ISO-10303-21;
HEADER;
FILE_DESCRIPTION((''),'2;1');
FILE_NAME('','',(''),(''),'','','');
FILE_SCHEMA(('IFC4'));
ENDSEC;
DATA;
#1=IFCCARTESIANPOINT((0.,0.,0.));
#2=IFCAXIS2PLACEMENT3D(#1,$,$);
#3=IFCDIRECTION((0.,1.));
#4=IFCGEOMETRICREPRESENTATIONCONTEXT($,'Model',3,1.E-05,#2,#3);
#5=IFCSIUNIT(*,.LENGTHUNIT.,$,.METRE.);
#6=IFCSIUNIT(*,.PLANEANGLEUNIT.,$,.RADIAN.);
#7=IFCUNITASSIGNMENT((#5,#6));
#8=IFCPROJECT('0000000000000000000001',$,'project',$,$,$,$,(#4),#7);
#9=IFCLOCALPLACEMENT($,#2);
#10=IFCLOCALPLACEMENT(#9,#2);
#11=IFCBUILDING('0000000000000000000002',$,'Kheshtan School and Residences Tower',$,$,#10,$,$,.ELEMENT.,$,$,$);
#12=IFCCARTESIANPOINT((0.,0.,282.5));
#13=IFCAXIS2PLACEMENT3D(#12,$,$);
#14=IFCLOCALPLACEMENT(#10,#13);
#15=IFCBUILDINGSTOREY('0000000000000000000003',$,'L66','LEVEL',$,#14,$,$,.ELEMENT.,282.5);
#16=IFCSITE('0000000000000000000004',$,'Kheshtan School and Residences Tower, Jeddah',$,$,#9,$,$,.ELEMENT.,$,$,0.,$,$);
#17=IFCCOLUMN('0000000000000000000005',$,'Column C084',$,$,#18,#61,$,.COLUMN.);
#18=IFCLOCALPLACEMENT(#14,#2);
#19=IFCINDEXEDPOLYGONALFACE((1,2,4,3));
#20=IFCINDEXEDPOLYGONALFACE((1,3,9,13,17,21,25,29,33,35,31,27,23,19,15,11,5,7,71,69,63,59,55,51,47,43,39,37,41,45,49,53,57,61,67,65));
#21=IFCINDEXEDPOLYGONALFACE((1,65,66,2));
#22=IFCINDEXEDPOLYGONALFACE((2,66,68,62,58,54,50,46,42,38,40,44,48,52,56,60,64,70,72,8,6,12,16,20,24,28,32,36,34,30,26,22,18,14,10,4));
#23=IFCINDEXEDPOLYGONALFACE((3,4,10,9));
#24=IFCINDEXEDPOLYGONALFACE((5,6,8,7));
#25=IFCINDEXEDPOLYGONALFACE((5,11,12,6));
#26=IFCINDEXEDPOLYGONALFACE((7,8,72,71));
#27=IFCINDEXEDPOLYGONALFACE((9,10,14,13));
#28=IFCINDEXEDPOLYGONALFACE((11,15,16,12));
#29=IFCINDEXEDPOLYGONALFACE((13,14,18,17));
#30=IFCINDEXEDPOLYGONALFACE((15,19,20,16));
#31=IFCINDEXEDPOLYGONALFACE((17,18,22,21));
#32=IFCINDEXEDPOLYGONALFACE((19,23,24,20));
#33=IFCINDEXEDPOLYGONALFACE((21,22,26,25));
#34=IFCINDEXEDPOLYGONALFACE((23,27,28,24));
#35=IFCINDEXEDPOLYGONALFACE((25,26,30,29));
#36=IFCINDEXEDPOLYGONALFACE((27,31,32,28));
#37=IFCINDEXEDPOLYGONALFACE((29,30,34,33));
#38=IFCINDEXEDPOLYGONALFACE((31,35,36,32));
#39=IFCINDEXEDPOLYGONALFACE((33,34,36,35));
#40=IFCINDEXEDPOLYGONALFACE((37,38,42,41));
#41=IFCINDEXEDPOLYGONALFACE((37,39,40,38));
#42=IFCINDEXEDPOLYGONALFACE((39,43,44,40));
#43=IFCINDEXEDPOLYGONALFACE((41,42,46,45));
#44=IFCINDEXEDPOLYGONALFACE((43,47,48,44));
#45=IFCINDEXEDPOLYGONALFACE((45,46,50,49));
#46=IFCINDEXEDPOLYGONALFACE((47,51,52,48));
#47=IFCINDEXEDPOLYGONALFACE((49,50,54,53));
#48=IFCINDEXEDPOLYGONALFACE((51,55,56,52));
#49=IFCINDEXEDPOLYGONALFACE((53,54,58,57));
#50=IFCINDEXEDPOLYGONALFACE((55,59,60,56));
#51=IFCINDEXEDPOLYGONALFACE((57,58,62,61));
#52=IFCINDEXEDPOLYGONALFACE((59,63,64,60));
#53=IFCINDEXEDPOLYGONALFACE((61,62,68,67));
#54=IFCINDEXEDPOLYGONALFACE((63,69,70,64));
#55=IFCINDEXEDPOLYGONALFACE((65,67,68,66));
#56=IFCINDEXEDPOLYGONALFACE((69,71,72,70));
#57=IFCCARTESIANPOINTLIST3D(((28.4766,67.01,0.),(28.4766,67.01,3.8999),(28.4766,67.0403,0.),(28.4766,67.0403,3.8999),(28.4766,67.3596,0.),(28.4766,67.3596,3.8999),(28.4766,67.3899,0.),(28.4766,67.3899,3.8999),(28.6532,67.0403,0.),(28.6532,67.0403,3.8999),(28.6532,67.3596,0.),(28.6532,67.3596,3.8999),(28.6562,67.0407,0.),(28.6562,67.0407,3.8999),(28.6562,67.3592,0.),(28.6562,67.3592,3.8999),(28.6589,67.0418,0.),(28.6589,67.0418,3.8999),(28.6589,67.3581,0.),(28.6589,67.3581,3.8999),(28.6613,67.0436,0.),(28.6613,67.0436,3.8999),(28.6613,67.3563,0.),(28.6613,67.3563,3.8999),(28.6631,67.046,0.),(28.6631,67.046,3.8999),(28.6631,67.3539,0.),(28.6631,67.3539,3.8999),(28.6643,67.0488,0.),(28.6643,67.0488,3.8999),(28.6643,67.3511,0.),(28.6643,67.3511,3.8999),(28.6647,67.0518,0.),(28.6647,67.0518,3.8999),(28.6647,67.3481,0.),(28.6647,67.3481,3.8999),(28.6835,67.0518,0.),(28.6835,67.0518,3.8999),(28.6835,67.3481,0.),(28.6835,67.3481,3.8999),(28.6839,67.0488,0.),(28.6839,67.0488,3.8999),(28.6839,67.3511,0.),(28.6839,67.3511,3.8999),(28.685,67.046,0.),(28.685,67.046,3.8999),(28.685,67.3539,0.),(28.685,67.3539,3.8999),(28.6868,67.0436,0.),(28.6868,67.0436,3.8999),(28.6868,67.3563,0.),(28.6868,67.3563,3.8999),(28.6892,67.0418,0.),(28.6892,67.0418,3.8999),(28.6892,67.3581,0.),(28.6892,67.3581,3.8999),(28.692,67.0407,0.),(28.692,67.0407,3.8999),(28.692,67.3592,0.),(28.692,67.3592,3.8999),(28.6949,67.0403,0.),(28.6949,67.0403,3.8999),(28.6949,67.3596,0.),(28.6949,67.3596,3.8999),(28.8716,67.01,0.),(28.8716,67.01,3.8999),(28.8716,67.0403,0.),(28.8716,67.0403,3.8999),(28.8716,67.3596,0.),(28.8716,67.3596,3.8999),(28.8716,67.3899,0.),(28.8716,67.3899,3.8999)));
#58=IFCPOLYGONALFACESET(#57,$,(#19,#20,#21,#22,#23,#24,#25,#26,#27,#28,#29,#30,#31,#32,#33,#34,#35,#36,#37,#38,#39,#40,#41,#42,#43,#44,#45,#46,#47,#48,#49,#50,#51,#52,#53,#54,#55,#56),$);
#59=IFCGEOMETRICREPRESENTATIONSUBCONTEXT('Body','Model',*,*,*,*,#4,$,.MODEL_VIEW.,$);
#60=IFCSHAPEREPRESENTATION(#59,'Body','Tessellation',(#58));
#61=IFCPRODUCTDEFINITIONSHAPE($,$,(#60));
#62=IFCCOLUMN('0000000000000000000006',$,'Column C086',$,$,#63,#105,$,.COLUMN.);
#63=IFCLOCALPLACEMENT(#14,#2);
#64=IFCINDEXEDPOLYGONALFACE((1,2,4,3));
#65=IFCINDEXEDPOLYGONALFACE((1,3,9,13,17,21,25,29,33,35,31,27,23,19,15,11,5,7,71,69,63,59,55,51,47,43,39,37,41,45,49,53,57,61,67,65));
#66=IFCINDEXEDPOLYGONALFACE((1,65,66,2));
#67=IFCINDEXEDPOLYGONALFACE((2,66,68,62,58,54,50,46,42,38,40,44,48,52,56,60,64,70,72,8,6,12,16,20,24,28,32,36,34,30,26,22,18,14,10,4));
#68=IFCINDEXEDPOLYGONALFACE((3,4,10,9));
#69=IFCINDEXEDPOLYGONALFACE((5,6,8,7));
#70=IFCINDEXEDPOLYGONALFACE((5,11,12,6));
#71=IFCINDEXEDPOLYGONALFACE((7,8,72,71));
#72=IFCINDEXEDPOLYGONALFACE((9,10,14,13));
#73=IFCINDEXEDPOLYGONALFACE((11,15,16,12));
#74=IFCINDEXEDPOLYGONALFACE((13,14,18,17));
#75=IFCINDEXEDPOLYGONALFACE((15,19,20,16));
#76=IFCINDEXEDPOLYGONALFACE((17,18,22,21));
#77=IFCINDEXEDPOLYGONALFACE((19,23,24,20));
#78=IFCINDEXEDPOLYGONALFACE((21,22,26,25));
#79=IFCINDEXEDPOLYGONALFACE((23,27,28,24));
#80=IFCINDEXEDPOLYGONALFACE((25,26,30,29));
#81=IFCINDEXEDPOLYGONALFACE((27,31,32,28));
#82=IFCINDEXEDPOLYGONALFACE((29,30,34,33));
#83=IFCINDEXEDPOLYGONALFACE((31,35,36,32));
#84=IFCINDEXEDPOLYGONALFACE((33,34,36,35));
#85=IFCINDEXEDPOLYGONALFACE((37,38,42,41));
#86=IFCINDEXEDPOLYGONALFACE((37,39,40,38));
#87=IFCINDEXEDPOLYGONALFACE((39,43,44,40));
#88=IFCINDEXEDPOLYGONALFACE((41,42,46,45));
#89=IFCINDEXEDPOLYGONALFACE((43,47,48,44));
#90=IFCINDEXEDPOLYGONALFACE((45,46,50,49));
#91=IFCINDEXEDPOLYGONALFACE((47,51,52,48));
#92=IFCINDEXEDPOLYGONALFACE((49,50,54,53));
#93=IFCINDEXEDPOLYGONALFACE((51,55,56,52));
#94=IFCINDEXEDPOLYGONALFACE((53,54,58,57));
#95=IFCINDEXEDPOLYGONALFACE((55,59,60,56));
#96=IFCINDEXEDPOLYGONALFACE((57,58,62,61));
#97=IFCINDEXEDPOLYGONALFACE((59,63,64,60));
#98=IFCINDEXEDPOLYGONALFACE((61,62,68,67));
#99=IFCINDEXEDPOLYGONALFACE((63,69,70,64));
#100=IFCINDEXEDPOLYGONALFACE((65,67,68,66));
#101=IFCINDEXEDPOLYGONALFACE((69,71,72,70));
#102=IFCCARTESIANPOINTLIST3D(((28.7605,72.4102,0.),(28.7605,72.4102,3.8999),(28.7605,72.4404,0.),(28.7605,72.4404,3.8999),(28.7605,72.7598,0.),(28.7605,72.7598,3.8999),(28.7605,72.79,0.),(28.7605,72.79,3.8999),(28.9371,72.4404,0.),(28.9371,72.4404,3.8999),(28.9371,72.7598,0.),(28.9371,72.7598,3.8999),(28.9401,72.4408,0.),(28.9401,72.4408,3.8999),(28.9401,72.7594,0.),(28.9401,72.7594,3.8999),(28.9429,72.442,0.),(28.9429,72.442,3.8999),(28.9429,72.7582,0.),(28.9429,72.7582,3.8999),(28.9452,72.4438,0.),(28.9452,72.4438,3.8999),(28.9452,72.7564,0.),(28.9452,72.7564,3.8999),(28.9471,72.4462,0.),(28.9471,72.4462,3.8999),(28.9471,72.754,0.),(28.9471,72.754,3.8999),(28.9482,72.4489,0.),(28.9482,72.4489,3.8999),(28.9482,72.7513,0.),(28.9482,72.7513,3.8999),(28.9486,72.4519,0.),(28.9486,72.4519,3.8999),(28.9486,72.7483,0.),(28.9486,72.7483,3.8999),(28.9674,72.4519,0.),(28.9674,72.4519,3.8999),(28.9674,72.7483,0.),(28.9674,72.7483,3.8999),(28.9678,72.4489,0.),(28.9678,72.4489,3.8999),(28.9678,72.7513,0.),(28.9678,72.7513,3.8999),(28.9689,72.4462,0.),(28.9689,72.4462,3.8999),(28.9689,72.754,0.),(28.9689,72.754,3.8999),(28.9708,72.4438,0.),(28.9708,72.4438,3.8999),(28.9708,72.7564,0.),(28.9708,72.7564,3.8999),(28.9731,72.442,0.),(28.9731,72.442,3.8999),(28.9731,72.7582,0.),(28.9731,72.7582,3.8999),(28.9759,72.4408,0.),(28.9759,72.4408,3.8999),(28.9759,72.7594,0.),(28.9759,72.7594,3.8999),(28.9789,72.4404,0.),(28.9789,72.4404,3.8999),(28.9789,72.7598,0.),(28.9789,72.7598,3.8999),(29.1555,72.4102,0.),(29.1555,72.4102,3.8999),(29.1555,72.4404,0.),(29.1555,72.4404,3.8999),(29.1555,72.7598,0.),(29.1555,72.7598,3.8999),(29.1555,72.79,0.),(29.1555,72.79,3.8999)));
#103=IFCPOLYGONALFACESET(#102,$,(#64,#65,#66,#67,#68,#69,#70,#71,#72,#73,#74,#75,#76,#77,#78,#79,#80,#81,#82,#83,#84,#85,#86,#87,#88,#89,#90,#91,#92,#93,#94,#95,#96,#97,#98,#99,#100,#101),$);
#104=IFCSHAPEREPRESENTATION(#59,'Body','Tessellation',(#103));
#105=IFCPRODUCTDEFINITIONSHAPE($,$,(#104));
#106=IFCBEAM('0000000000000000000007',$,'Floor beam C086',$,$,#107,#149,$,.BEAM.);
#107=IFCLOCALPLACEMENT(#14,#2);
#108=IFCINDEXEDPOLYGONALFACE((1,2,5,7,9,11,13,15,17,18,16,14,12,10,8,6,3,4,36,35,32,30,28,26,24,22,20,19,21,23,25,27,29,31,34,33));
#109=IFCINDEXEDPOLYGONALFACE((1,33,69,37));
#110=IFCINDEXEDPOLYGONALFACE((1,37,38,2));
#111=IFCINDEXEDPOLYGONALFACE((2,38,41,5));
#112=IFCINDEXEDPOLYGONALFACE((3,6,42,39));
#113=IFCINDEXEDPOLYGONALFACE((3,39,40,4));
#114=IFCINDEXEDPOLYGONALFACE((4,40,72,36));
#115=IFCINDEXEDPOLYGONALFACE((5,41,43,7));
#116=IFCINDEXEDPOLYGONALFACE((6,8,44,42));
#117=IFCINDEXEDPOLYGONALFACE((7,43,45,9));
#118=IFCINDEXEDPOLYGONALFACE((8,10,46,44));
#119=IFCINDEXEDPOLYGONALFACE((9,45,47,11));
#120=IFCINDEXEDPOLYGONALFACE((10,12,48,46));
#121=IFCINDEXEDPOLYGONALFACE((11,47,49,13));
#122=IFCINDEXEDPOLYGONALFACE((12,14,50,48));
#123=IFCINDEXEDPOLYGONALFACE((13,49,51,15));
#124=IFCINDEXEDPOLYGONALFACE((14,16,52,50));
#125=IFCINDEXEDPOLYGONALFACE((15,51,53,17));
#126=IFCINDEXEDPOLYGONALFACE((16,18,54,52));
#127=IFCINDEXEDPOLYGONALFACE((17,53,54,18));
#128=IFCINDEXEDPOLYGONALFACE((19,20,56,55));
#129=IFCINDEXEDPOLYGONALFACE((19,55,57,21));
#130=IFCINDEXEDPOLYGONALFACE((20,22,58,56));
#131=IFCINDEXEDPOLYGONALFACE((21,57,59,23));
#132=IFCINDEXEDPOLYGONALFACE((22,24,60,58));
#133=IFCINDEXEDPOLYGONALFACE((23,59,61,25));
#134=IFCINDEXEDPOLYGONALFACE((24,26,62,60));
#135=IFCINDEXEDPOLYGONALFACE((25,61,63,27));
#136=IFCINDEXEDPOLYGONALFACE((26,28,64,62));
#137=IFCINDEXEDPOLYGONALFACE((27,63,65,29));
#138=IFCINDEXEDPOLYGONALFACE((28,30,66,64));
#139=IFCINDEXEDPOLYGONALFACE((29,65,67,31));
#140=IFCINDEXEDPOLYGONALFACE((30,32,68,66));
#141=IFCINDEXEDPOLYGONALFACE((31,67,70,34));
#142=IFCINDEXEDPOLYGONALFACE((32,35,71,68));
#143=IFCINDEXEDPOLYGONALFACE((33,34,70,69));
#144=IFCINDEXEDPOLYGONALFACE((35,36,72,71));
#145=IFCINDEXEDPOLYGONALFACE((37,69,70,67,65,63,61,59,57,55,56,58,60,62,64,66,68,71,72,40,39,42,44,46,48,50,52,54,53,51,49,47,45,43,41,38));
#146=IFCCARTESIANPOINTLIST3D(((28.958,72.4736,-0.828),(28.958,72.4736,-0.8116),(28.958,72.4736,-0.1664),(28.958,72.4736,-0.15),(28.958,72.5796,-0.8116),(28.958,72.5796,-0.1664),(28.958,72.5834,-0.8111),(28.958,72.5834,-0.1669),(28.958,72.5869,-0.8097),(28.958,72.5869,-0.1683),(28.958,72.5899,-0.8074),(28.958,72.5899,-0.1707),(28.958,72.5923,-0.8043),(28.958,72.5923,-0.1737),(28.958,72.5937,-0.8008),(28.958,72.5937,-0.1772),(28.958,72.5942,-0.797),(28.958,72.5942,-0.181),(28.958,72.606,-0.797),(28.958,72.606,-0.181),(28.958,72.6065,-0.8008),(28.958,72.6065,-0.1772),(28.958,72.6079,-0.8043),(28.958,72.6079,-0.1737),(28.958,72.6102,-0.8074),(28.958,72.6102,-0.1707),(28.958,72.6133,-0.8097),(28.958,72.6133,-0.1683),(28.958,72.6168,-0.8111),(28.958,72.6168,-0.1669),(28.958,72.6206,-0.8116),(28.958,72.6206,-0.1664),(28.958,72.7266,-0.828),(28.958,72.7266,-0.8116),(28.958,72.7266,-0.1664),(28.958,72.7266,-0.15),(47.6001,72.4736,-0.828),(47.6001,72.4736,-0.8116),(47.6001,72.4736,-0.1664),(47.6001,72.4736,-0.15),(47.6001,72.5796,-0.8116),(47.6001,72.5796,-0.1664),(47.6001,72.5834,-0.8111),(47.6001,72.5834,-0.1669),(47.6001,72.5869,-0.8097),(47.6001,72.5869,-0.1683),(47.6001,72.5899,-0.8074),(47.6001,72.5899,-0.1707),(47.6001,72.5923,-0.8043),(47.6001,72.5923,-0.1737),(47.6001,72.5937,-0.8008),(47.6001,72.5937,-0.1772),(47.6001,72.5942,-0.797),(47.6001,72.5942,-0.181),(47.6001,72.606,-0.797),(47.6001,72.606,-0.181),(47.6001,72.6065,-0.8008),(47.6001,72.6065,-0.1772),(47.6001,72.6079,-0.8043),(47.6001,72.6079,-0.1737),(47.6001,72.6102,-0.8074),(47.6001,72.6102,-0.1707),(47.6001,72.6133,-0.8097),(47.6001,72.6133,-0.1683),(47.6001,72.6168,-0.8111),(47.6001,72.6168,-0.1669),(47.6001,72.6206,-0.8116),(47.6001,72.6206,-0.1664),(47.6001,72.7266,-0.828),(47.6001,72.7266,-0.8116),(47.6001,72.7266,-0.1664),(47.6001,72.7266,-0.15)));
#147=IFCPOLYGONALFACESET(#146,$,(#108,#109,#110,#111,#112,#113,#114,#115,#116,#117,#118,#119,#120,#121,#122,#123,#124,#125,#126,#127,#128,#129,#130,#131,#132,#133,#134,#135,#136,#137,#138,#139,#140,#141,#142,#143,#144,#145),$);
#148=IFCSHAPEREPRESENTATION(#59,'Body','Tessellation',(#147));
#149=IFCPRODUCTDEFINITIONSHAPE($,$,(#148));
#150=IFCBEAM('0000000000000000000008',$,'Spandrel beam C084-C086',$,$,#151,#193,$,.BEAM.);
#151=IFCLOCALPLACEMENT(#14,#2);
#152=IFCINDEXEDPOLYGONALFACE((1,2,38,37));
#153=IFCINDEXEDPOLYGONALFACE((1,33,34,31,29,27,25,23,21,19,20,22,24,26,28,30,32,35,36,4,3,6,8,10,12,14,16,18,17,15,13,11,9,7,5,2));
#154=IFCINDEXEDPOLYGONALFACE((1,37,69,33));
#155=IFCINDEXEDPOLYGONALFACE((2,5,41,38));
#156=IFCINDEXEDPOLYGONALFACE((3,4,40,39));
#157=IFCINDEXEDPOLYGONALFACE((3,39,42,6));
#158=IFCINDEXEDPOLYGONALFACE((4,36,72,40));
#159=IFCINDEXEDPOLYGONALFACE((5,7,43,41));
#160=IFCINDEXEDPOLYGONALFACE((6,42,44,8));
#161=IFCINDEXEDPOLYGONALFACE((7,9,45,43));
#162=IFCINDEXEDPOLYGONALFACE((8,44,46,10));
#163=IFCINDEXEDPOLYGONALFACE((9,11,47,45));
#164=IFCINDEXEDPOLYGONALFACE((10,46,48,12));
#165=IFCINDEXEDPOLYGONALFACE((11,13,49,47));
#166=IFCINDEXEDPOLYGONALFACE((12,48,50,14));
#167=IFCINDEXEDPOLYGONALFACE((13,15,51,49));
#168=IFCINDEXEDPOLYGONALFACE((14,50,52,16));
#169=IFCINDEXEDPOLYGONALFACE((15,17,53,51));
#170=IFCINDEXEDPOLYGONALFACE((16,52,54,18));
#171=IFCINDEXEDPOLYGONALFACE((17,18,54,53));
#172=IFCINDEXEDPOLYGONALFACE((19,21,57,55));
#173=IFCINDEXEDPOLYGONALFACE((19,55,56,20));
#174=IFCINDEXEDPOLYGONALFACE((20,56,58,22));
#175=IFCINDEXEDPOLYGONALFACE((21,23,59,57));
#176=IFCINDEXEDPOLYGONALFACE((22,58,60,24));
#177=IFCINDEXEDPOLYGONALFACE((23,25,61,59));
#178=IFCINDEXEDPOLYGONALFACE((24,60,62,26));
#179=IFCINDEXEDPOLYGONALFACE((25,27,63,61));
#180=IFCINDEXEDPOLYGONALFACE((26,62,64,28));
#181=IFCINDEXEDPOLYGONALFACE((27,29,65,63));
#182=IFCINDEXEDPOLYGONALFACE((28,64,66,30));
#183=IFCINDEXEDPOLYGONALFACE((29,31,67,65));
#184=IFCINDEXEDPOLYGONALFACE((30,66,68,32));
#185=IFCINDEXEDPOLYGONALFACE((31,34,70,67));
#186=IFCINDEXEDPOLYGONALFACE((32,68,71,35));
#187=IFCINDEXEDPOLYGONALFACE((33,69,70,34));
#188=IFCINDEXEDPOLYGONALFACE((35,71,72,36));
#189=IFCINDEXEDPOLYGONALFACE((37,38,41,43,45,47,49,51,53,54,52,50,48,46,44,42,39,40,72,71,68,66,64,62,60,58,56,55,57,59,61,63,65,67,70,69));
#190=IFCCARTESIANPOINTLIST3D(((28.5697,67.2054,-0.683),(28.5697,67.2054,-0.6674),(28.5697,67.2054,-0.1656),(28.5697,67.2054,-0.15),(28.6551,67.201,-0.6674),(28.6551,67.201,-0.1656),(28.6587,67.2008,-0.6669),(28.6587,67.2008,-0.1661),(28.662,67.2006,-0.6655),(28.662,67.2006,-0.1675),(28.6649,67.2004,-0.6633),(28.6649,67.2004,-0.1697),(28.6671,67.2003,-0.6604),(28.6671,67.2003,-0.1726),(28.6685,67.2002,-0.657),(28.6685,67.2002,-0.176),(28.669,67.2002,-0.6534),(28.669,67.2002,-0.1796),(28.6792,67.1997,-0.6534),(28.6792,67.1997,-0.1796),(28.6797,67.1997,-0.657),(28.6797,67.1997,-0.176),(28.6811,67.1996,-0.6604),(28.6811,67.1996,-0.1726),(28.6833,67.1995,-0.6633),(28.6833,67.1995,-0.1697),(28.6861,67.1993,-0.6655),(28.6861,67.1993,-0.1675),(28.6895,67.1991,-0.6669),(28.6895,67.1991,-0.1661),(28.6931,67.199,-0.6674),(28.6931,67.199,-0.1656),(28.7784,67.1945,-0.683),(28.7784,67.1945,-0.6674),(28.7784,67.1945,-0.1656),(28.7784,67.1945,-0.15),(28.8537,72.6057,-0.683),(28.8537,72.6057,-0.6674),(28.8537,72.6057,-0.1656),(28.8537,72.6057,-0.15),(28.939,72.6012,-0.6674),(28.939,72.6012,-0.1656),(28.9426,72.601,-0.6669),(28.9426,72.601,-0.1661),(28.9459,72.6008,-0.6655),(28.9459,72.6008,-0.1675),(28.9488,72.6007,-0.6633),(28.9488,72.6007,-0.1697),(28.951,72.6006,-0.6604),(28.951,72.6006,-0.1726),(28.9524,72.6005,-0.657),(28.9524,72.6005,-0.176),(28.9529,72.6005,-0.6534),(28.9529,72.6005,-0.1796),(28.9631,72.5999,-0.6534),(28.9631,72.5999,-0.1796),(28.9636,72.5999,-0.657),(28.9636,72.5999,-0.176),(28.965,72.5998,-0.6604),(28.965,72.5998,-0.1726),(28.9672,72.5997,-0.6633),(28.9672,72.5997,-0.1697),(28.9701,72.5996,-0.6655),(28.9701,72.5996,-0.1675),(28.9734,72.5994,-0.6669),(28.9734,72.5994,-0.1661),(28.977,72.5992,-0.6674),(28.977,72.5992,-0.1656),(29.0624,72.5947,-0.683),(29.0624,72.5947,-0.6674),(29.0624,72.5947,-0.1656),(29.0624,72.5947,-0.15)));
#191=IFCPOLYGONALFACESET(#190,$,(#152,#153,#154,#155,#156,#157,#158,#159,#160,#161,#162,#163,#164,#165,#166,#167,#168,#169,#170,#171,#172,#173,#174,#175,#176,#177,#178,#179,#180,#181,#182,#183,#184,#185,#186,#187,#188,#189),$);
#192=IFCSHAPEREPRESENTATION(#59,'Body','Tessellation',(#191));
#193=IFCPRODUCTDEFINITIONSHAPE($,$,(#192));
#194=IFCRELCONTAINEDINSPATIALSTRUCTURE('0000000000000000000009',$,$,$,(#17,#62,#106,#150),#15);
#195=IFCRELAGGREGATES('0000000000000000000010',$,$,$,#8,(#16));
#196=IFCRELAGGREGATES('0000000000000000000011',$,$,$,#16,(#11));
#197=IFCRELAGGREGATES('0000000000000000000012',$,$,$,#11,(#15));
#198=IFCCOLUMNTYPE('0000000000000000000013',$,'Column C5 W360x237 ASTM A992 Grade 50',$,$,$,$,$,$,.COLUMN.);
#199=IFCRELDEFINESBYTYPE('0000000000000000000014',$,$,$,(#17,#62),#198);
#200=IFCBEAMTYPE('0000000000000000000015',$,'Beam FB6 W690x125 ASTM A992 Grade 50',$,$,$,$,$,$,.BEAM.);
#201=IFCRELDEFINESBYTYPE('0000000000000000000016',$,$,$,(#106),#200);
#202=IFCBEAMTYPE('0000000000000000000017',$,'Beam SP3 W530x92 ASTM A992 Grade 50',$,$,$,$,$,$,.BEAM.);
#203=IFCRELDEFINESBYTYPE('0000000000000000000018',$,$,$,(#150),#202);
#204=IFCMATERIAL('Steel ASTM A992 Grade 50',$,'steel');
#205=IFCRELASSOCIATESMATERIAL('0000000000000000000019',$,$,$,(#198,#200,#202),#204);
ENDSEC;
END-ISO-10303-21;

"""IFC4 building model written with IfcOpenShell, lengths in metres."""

from ifc_helpers import new_model, si_unit, direction, frame, origin, origin_2d, place, context, subcontext, project, spatial, i_section, extrude, material, material_profile, profile_set, type_object, element, save


model = new_model("IFC4")

# Units and contexts
model_context = context("Model", 3, precision=1e-05, world=origin(), true_north=direction((0.0, 1.0)))
body_context = subcontext(model_context, "Body", "Model", "MODEL_VIEW")
ifc_project = project(units=[si_unit("LENGTHUNIT", "METRE"), si_unit("PLANEANGLEUNIT", "RADIAN")], contexts=[model_context])

# Site, building, storey
site_placement = place(None, origin())
site = spatial("IfcSite", under=ifc_project, at=site_placement, Name="Kheshtan School and Residences Tower, Jeddah", CompositionType="ELEMENT", RefElevation=0.0)
building_placement = place(site_placement, origin())
building = spatial("IfcBuilding", under=site, at=building_placement, Name="Kheshtan School and Residences Tower", CompositionType="ELEMENT")
storey_placement = place(building_placement, frame((0.0, 0.0, 282.5)))
storey = spatial("IfcBuildingStorey", under=building, at=storey_placement, Name="L66", Description="LEVEL", CompositionType="ELEMENT", Elevation=282.5)

# Columns
ifc_material_1 = material(Name="Steel ASTM A992 Grade 50", Category="steel")
ifc_material_profile_1 = material_profile(ifc_material_1, i_section(OverallWidth=0.395, OverallDepth=0.3799, WebThickness=0.0188, FlangeThickness=0.0303, FilletRadius=0.0115, at=origin_2d()), Name="W360x237")
ifc_profile_set_1 = profile_set([ifc_material_profile_1], Name="Steel ASTM A992 Grade 50")
column_type = type_object("IfcColumnType", Name="Column C5 W360x237 ASTM A992 Grade 50", PredefinedType="COLUMN", material=ifc_profile_set_1)
for number, where, z_axis, x_axis, name in (
    (1, (28.6741, 67.2, 0.0), (0.0, 0.0, 1.0), (1.0, 0.0, 0.0), "Column C084"),
    (2, (28.958, 72.6001, 0.0), (0.0, 0.0, 1.0), (1.0, 0.0, 0.0), "Column C086"),
):
    element("IfcColumn", number, at=place(storey_placement, frame(where, z_axis=z_axis, x_axis=x_axis)), inside=storey, type_object=column_type, Name=name, PredefinedType="COLUMN", context=body_context, shape_type="SweptSolid", body=[
        extrude(i_section(OverallWidth=0.395, OverallDepth=0.3799, WebThickness=0.0188, FlangeThickness=0.0303, FilletRadius=0.0115, at=origin_2d()), origin(), (0.0, 0.0, 1.0), 3.8999),
    ])

# Beams
ifc_material_profile_2 = material_profile(ifc_material_1, i_section(OverallWidth=0.2529, OverallDepth=0.678, WebThickness=0.0117, FlangeThickness=0.0164, FilletRadius=0.0146, at=origin_2d()), Name="W690x125")
ifc_profile_set_2 = profile_set([ifc_material_profile_2], Name="Steel ASTM A992 Grade 50")
beam_type_1 = type_object("IfcBeamType", Name="Beam FB6 W690x125 ASTM A992 Grade 50", PredefinedType="BEAM", material=ifc_profile_set_2)
beam_1_placement = place(storey_placement, frame((28.958, 72.6001, -0.489), z_axis=(1.0, 0.0, 0.0), x_axis=(0.0, 1.0, 0.0)))
element("IfcBeam", 3, at=beam_1_placement, inside=storey, type_object=beam_type_1, Name="Floor beam C086", PredefinedType="BEAM", context=body_context, shape_type="SweptSolid", body=[
    extrude(i_section(OverallWidth=0.2529, OverallDepth=0.678, WebThickness=0.0117, FlangeThickness=0.0164, FilletRadius=0.0146, at=origin_2d()), origin(), (0.0, 0.0, 1.0), 18.6421),
])
ifc_material_profile_3 = material_profile(ifc_material_1, i_section(OverallWidth=0.209, OverallDepth=0.533, WebThickness=0.0103, FlangeThickness=0.0156, FilletRadius=0.0139, at=origin_2d()), Name="W530x92")
ifc_profile_set_3 = profile_set([ifc_material_profile_3], Name="Steel ASTM A992 Grade 50")
beam_type_2 = type_object("IfcBeamType", Name="Beam SP3 W530x92 ASTM A992 Grade 50", PredefinedType="BEAM", material=ifc_profile_set_3)
beam_2_placement = place(storey_placement, frame((28.6741, 67.2, -0.4165), z_axis=(0.052507, 0.998621, 0.0), x_axis=(-0.998621, 0.052507, 0.0)))
element("IfcBeam", 4, at=beam_2_placement, inside=storey, type_object=beam_type_2, Name="Spandrel beam C084-C086", PredefinedType="BEAM", context=body_context, shape_type="SweptSolid", body=[
    extrude(i_section(OverallWidth=0.209, OverallDepth=0.533, WebThickness=0.0103, FlangeThickness=0.0156, FilletRadius=0.0139, at=origin_2d()), origin(), (0.0, 0.0, 1.0), 5.4077),
])

save(model, "model.ifc")
